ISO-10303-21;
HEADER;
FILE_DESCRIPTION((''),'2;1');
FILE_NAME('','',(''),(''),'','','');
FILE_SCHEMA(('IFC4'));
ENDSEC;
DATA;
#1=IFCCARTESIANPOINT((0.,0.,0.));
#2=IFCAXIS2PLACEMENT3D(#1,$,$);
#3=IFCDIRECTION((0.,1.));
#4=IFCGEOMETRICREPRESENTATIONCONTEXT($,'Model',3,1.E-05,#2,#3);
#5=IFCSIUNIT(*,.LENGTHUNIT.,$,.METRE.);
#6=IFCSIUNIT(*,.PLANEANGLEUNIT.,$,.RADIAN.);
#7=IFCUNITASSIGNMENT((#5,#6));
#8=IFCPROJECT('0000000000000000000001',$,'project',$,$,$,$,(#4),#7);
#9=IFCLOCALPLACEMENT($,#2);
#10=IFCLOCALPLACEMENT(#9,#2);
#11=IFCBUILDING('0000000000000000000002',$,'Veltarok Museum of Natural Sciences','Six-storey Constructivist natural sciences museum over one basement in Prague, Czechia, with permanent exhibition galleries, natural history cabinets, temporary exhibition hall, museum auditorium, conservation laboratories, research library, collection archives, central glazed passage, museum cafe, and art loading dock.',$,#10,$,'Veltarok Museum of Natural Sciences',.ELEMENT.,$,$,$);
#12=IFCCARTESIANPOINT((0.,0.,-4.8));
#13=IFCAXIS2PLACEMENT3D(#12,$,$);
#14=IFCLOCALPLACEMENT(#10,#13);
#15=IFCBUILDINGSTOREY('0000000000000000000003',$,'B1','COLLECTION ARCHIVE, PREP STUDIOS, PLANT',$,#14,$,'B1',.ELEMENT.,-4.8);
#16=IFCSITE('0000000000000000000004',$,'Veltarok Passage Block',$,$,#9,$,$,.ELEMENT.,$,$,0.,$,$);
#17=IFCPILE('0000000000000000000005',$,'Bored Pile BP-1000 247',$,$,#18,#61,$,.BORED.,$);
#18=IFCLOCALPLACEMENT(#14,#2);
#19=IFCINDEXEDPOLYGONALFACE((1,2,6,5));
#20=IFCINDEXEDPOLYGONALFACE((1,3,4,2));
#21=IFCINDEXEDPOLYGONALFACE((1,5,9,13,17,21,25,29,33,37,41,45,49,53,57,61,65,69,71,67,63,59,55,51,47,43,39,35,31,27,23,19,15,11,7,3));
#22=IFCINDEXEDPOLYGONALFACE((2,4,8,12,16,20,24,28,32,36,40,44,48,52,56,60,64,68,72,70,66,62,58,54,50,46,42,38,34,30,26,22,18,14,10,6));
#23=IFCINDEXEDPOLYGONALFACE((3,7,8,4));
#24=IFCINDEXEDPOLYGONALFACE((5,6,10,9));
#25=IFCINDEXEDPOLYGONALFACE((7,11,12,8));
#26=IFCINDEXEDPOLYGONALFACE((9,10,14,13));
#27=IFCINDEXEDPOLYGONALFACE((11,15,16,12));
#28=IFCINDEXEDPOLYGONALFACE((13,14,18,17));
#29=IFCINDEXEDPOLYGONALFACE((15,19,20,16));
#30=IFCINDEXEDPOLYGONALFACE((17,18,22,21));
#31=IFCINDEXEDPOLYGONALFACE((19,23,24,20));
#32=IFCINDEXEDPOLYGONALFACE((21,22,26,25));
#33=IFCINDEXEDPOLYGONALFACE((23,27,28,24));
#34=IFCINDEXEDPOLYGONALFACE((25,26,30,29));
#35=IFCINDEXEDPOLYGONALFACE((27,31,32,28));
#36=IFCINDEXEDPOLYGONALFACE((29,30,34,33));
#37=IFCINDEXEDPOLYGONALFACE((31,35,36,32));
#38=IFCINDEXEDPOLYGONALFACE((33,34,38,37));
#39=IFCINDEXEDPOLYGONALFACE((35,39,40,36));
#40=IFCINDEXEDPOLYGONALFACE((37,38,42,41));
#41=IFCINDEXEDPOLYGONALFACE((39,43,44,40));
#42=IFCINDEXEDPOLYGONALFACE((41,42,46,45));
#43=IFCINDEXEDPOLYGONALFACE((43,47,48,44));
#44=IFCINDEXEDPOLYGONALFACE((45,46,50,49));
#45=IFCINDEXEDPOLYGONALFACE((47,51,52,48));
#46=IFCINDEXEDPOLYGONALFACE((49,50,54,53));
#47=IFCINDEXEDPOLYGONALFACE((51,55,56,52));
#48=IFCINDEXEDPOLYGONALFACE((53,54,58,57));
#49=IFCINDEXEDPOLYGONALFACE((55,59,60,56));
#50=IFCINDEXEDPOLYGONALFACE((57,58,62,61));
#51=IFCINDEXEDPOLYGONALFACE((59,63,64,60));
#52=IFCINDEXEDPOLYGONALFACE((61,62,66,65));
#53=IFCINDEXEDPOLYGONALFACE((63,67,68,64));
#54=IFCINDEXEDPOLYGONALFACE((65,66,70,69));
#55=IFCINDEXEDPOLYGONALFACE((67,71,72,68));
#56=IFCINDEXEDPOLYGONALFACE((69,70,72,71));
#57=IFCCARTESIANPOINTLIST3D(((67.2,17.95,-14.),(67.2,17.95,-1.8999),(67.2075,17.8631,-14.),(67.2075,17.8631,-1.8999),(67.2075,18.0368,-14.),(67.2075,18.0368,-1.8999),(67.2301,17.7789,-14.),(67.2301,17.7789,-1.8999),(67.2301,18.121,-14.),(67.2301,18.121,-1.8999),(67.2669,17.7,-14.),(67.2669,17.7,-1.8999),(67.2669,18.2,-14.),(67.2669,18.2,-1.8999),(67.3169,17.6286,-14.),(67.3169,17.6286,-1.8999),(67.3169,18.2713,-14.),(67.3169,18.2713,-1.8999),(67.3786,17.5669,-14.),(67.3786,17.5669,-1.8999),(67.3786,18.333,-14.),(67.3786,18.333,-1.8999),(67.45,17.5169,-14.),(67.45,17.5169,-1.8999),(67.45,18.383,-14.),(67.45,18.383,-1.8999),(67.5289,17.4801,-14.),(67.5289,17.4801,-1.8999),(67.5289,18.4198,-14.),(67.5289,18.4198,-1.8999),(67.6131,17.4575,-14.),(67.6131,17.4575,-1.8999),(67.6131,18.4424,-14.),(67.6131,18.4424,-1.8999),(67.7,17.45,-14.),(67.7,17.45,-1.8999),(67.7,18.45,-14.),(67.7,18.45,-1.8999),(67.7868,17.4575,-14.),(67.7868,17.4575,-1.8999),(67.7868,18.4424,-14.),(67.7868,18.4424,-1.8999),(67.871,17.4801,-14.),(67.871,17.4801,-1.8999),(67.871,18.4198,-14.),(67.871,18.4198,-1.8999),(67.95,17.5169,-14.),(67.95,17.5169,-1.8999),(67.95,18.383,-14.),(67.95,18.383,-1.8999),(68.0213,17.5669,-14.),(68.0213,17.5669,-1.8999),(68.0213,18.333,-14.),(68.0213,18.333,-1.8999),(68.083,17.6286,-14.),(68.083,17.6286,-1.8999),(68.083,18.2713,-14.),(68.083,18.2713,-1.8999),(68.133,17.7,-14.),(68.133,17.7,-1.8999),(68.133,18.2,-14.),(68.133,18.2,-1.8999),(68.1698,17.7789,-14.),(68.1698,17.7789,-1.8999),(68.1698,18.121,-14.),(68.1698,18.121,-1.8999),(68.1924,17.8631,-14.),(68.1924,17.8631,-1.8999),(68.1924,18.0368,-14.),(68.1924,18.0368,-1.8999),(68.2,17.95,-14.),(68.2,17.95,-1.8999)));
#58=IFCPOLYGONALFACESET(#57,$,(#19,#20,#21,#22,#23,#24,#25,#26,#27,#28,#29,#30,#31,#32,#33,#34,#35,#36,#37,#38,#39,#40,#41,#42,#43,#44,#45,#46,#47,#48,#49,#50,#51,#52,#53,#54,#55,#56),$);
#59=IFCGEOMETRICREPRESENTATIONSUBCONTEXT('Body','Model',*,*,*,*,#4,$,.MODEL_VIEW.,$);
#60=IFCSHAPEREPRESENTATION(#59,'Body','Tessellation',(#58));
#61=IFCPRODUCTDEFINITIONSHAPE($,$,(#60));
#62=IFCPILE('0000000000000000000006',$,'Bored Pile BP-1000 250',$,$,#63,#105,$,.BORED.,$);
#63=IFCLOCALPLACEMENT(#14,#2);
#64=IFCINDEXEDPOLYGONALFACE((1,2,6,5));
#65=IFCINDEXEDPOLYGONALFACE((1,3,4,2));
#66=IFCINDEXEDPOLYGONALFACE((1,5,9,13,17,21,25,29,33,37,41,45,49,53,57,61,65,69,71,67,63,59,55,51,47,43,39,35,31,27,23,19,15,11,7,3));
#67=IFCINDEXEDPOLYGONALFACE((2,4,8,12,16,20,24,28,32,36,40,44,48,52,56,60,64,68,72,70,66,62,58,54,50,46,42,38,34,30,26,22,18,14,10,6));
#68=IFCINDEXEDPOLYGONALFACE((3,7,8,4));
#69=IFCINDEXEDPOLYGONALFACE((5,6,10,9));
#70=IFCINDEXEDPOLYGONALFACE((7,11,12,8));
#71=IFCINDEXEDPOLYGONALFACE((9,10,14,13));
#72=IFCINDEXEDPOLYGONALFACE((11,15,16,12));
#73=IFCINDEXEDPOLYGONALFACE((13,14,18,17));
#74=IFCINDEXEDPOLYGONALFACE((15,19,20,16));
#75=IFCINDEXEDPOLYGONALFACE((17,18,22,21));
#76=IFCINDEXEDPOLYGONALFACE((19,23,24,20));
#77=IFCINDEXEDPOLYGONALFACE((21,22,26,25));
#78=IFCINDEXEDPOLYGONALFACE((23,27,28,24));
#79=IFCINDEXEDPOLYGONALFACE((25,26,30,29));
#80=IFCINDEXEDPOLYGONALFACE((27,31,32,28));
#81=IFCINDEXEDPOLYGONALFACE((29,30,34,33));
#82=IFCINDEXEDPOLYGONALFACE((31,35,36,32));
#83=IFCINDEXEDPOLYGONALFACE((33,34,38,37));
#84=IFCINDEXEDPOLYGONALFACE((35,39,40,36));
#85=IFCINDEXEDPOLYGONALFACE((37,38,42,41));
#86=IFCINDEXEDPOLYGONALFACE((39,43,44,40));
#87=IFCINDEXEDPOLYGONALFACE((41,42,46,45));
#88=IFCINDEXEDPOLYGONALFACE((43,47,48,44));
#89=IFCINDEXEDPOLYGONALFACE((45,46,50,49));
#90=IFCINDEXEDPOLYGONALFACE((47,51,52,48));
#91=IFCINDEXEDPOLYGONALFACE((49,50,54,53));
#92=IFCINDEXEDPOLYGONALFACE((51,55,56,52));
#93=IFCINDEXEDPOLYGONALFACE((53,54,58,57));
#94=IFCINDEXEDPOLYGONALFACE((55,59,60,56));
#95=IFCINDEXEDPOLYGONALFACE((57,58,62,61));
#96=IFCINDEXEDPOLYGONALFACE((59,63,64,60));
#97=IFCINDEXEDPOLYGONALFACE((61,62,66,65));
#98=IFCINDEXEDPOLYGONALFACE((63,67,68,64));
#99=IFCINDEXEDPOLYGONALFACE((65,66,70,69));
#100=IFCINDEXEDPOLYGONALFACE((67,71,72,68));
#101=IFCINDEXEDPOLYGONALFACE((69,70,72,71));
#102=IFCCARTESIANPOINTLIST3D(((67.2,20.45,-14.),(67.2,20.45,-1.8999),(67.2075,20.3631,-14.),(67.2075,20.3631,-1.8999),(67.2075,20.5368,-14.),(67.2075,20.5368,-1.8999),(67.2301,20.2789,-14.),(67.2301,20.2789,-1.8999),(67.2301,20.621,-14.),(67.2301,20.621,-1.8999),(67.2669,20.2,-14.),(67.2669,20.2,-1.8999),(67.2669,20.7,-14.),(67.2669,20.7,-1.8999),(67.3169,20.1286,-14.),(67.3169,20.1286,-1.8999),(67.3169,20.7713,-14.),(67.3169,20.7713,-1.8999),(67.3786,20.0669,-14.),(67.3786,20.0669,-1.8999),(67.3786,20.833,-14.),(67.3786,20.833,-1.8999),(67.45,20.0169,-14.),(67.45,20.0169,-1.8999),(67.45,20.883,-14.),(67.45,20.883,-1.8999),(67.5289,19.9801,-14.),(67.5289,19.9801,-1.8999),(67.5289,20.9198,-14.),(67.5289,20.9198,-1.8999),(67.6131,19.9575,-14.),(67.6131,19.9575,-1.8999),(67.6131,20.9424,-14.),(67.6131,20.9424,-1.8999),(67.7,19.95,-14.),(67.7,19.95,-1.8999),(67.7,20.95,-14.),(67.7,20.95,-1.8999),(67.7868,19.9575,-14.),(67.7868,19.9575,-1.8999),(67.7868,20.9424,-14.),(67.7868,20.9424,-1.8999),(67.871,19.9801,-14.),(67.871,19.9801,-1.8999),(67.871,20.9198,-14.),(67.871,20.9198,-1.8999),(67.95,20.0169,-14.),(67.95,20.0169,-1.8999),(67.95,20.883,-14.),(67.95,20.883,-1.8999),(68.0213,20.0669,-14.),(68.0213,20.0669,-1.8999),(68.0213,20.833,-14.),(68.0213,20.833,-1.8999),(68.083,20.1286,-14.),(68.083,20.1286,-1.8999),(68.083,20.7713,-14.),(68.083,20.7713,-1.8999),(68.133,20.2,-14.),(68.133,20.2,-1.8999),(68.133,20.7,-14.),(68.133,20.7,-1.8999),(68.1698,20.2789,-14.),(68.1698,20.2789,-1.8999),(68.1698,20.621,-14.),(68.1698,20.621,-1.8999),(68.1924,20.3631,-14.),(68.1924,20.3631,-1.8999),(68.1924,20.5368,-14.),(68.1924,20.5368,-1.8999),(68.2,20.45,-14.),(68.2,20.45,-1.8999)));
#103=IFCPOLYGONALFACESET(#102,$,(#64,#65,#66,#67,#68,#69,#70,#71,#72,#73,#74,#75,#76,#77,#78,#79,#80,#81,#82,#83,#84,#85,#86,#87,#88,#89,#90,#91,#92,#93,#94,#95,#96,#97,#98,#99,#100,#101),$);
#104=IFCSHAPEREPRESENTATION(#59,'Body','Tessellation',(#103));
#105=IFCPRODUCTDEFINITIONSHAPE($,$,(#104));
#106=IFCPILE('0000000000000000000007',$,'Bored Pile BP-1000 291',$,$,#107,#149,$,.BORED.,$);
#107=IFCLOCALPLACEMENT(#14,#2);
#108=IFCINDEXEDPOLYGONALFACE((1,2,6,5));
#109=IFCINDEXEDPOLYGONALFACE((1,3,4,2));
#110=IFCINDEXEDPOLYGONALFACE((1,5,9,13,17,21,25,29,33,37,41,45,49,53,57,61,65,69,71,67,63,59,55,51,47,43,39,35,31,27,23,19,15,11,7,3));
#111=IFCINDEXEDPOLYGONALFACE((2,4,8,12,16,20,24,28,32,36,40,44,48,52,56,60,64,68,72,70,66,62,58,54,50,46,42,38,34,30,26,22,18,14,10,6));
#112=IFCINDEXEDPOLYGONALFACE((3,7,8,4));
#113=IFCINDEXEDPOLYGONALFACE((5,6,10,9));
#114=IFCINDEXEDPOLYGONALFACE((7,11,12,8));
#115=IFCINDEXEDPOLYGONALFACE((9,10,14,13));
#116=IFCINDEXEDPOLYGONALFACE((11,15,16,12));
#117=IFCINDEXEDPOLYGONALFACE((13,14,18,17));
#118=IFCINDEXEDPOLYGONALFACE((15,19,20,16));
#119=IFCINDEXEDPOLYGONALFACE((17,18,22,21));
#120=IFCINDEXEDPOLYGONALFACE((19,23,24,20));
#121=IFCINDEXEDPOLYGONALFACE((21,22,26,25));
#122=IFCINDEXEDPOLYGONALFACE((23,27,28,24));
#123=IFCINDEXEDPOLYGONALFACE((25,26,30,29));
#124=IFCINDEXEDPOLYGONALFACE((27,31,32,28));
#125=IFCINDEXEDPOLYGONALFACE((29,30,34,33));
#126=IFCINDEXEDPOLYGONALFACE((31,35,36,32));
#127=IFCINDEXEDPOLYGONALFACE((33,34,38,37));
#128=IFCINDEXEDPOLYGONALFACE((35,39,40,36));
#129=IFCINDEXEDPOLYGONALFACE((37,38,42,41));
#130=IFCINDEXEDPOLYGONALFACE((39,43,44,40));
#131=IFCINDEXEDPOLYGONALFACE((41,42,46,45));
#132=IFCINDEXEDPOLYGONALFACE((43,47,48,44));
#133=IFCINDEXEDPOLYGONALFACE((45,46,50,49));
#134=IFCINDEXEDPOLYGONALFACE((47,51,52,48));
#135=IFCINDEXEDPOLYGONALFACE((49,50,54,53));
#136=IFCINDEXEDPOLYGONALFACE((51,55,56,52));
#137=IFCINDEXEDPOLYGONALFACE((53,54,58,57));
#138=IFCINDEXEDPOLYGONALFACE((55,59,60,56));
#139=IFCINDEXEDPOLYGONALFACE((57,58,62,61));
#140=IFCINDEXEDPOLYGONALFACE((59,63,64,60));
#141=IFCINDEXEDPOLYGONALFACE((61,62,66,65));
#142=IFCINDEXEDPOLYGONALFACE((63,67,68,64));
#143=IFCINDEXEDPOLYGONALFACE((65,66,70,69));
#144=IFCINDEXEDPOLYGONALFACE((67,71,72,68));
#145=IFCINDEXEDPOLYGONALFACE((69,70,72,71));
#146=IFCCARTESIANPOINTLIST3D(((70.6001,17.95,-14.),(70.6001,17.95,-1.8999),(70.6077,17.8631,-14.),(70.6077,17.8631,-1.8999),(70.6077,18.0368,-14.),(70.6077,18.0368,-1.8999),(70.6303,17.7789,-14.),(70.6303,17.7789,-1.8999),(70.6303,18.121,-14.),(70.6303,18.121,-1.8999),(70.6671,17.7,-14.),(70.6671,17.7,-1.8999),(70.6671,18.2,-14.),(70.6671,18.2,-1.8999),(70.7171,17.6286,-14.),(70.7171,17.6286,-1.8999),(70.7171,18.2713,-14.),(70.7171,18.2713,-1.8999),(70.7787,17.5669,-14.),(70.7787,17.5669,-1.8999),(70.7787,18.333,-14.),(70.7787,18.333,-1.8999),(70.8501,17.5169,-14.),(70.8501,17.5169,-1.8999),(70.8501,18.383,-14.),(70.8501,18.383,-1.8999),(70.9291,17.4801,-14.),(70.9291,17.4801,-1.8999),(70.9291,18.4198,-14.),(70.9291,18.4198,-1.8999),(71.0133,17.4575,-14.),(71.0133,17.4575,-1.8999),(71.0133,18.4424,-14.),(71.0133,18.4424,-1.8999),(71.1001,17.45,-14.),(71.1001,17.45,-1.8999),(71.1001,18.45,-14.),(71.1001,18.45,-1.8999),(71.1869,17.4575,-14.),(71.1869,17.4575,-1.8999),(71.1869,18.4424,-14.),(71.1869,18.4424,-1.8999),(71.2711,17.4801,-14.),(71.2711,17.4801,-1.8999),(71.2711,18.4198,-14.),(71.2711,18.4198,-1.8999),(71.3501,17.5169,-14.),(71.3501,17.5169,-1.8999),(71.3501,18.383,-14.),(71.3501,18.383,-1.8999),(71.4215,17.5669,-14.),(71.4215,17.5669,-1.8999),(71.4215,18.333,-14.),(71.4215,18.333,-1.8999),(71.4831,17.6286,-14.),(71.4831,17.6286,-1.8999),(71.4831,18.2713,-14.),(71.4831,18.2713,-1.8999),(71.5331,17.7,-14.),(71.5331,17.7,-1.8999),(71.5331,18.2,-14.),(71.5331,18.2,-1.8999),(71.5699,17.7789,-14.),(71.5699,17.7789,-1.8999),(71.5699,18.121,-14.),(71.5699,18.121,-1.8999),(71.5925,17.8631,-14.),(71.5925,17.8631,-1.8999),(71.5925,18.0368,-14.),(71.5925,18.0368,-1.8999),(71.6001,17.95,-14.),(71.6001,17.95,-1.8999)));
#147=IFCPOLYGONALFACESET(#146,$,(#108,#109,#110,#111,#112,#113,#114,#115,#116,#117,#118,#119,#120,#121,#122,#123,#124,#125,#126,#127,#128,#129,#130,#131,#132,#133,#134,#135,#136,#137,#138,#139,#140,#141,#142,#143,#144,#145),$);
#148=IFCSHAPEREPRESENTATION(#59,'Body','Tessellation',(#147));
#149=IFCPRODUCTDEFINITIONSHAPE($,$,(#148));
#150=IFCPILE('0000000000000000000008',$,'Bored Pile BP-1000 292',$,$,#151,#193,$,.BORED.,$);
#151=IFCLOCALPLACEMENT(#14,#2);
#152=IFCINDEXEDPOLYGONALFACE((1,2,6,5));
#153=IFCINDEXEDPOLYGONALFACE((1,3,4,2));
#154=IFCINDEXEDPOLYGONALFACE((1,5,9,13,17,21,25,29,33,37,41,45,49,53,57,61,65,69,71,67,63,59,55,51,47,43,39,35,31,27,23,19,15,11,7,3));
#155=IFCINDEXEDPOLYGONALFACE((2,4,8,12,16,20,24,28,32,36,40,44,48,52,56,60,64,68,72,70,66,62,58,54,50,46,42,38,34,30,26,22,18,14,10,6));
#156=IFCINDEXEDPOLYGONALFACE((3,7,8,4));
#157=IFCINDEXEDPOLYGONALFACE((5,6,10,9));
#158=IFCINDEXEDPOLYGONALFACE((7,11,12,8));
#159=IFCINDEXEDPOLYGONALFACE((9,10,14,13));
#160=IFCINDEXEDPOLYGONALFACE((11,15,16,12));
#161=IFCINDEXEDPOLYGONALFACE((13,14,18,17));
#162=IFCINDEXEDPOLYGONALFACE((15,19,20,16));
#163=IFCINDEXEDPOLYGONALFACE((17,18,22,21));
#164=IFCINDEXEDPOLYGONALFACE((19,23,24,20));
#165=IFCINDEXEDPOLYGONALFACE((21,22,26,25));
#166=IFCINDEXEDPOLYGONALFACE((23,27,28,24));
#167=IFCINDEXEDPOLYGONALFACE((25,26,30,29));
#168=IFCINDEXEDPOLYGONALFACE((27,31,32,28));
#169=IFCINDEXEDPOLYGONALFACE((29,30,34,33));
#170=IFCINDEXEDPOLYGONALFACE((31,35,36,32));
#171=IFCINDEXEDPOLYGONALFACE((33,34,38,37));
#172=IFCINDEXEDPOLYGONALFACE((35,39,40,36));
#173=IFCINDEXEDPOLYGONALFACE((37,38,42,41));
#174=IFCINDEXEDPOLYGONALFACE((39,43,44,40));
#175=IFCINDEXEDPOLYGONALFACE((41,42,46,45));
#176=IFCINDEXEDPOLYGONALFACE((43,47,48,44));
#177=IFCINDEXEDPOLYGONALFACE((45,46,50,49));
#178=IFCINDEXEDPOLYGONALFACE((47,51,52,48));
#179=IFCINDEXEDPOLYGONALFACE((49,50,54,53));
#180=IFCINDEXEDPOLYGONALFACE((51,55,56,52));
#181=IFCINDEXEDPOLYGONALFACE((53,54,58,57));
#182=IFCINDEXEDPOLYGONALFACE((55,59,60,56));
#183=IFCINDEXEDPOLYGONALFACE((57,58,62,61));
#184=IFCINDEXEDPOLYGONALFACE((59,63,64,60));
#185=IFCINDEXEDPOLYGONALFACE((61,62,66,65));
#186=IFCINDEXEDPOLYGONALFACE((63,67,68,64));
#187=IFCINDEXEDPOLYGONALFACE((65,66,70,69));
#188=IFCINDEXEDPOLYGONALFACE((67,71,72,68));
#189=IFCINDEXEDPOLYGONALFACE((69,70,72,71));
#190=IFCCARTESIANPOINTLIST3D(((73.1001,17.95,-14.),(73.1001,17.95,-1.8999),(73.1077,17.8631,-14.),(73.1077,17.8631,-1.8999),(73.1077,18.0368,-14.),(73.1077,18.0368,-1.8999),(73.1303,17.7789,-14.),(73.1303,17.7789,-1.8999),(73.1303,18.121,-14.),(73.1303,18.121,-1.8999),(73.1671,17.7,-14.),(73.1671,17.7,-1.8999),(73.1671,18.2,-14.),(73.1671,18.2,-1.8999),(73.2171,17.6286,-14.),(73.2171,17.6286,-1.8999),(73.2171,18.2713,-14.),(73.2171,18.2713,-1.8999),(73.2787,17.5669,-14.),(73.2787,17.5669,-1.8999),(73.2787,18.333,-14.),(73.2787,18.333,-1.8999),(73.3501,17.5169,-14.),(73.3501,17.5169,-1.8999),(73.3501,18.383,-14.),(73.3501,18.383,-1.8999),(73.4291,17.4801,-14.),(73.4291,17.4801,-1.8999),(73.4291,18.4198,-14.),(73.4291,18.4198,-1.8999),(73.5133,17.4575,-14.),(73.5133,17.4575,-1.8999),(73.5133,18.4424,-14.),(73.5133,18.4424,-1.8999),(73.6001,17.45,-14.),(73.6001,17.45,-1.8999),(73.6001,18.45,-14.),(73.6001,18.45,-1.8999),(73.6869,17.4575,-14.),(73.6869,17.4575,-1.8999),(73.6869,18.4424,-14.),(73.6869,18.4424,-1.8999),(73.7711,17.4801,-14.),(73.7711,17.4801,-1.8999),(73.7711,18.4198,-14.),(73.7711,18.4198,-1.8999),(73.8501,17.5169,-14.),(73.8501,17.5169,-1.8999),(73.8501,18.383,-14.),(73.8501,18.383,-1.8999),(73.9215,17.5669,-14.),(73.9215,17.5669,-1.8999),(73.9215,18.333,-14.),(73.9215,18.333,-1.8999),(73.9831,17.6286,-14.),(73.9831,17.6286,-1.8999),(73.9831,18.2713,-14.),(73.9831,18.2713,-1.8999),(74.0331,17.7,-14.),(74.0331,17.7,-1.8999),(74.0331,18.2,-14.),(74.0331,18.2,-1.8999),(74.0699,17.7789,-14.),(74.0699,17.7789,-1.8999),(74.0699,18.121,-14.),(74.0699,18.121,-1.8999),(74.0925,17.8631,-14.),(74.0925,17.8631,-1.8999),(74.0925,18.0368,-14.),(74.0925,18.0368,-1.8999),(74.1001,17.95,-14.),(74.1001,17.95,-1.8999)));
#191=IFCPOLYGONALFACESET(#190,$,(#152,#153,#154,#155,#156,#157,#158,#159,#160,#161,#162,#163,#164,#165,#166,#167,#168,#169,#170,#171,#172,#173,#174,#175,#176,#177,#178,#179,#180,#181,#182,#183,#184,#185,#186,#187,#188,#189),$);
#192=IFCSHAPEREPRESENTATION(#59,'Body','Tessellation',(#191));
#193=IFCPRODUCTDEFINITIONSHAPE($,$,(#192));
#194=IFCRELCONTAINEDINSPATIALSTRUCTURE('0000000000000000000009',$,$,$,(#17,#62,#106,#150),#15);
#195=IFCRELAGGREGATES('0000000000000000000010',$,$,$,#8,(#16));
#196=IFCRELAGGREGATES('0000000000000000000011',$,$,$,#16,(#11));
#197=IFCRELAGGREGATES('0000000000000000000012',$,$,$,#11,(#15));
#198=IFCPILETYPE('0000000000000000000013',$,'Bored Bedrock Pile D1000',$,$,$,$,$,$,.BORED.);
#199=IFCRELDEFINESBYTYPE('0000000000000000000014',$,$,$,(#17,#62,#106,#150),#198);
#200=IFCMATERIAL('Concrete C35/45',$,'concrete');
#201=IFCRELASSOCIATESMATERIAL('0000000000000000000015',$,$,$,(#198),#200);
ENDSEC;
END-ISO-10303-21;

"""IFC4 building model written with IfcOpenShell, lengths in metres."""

from ifc_helpers import new_model, si_unit, direction, frame, origin, origin_2d, place, context, subcontext, project, spatial, circle, extrude, material, material_profile, profile_set, type_object, element, save


model = new_model("IFC4")

# Units and contexts
model_context = context("Model", 3, precision=1e-05, world=origin(), true_north=direction((0.0, 1.0)))
body_context = subcontext(model_context, "Body", "Model", "MODEL_VIEW")
ifc_project = project(units=[si_unit("LENGTHUNIT", "METRE"), si_unit("PLANEANGLEUNIT", "RADIAN")], contexts=[model_context])

# Site, building, storey
site_placement = place(None, origin())
site = spatial("IfcSite", under=ifc_project, at=site_placement, Name="Veltarok Passage Block", CompositionType="ELEMENT", RefElevation=0.0)
building_placement = place(site_placement, origin())
building = spatial("IfcBuilding", under=site, at=building_placement, Name="Veltarok Museum of Natural Sciences", Description="Six-storey Constructivist natural sciences museum over one basement in Prague, Czechia, with permanent exhibition galleries, natural history cabinets, temporary exhibition hall, museum auditorium, conservation laboratories, research library, collection archives, central glazed passage, museum cafe, and art loading dock.", LongName="Veltarok Museum of Natural Sciences", CompositionType="ELEMENT")
storey_placement = place(building_placement, frame((0.0, 0.0, -4.8)))
storey = spatial("IfcBuildingStorey", under=building, at=storey_placement, Name="B1", Description="COLLECTION ARCHIVE, PREP STUDIOS, PLANT", LongName="B1", CompositionType="ELEMENT", Elevation=-4.8)

# Piles
ifc_material_1 = material(Name="Concrete C35/45", Category="concrete")
ifc_material_profile_1 = material_profile(ifc_material_1, circle(Radius=0.5, at=origin_2d()), Name="BP D1000")
ifc_profile_set_1 = profile_set([ifc_material_profile_1], Name="Concrete C35/45")
pile_type_1 = type_object("IfcPileType", Name="Bored Bedrock Pile D1000", PredefinedType="BORED", material=ifc_profile_set_1)
for number, where, z_axis, x_axis, name in (
    (1, (67.7, 17.95, -1.8999), (0.0, 0.0, -1.0), (1.0, 0.0, 0.0), "Bored Pile BP-1000 247"),
    (2, (67.7, 20.45, -1.8999), (0.0, 0.0, -1.0), (1.0, 0.0, 0.0), "Bored Pile BP-1000 250"),
    (3, (71.1001, 17.95, -1.8999), (0.0, 0.0, -1.0), (1.0, 0.0, 0.0), "Bored Pile BP-1000 291"),
    (4, (73.6001, 17.95, -1.8999), (0.0, 0.0, -1.0), (1.0, 0.0, 0.0), "Bored Pile BP-1000 292"),
):
    element("IfcPile", number, at=place(storey_placement, frame(where, z_axis=z_axis, x_axis=x_axis)), inside=storey, type_object=pile_type_1, Name=name, PredefinedType="BORED", context=body_context, shape_type="SweptSolid", body=[
        extrude(circle(Radius=0.5, at=origin_2d()), origin(), (0.0, 0.0, 1.0), 12.1001),
    ])

save(model, "model.ifc")
